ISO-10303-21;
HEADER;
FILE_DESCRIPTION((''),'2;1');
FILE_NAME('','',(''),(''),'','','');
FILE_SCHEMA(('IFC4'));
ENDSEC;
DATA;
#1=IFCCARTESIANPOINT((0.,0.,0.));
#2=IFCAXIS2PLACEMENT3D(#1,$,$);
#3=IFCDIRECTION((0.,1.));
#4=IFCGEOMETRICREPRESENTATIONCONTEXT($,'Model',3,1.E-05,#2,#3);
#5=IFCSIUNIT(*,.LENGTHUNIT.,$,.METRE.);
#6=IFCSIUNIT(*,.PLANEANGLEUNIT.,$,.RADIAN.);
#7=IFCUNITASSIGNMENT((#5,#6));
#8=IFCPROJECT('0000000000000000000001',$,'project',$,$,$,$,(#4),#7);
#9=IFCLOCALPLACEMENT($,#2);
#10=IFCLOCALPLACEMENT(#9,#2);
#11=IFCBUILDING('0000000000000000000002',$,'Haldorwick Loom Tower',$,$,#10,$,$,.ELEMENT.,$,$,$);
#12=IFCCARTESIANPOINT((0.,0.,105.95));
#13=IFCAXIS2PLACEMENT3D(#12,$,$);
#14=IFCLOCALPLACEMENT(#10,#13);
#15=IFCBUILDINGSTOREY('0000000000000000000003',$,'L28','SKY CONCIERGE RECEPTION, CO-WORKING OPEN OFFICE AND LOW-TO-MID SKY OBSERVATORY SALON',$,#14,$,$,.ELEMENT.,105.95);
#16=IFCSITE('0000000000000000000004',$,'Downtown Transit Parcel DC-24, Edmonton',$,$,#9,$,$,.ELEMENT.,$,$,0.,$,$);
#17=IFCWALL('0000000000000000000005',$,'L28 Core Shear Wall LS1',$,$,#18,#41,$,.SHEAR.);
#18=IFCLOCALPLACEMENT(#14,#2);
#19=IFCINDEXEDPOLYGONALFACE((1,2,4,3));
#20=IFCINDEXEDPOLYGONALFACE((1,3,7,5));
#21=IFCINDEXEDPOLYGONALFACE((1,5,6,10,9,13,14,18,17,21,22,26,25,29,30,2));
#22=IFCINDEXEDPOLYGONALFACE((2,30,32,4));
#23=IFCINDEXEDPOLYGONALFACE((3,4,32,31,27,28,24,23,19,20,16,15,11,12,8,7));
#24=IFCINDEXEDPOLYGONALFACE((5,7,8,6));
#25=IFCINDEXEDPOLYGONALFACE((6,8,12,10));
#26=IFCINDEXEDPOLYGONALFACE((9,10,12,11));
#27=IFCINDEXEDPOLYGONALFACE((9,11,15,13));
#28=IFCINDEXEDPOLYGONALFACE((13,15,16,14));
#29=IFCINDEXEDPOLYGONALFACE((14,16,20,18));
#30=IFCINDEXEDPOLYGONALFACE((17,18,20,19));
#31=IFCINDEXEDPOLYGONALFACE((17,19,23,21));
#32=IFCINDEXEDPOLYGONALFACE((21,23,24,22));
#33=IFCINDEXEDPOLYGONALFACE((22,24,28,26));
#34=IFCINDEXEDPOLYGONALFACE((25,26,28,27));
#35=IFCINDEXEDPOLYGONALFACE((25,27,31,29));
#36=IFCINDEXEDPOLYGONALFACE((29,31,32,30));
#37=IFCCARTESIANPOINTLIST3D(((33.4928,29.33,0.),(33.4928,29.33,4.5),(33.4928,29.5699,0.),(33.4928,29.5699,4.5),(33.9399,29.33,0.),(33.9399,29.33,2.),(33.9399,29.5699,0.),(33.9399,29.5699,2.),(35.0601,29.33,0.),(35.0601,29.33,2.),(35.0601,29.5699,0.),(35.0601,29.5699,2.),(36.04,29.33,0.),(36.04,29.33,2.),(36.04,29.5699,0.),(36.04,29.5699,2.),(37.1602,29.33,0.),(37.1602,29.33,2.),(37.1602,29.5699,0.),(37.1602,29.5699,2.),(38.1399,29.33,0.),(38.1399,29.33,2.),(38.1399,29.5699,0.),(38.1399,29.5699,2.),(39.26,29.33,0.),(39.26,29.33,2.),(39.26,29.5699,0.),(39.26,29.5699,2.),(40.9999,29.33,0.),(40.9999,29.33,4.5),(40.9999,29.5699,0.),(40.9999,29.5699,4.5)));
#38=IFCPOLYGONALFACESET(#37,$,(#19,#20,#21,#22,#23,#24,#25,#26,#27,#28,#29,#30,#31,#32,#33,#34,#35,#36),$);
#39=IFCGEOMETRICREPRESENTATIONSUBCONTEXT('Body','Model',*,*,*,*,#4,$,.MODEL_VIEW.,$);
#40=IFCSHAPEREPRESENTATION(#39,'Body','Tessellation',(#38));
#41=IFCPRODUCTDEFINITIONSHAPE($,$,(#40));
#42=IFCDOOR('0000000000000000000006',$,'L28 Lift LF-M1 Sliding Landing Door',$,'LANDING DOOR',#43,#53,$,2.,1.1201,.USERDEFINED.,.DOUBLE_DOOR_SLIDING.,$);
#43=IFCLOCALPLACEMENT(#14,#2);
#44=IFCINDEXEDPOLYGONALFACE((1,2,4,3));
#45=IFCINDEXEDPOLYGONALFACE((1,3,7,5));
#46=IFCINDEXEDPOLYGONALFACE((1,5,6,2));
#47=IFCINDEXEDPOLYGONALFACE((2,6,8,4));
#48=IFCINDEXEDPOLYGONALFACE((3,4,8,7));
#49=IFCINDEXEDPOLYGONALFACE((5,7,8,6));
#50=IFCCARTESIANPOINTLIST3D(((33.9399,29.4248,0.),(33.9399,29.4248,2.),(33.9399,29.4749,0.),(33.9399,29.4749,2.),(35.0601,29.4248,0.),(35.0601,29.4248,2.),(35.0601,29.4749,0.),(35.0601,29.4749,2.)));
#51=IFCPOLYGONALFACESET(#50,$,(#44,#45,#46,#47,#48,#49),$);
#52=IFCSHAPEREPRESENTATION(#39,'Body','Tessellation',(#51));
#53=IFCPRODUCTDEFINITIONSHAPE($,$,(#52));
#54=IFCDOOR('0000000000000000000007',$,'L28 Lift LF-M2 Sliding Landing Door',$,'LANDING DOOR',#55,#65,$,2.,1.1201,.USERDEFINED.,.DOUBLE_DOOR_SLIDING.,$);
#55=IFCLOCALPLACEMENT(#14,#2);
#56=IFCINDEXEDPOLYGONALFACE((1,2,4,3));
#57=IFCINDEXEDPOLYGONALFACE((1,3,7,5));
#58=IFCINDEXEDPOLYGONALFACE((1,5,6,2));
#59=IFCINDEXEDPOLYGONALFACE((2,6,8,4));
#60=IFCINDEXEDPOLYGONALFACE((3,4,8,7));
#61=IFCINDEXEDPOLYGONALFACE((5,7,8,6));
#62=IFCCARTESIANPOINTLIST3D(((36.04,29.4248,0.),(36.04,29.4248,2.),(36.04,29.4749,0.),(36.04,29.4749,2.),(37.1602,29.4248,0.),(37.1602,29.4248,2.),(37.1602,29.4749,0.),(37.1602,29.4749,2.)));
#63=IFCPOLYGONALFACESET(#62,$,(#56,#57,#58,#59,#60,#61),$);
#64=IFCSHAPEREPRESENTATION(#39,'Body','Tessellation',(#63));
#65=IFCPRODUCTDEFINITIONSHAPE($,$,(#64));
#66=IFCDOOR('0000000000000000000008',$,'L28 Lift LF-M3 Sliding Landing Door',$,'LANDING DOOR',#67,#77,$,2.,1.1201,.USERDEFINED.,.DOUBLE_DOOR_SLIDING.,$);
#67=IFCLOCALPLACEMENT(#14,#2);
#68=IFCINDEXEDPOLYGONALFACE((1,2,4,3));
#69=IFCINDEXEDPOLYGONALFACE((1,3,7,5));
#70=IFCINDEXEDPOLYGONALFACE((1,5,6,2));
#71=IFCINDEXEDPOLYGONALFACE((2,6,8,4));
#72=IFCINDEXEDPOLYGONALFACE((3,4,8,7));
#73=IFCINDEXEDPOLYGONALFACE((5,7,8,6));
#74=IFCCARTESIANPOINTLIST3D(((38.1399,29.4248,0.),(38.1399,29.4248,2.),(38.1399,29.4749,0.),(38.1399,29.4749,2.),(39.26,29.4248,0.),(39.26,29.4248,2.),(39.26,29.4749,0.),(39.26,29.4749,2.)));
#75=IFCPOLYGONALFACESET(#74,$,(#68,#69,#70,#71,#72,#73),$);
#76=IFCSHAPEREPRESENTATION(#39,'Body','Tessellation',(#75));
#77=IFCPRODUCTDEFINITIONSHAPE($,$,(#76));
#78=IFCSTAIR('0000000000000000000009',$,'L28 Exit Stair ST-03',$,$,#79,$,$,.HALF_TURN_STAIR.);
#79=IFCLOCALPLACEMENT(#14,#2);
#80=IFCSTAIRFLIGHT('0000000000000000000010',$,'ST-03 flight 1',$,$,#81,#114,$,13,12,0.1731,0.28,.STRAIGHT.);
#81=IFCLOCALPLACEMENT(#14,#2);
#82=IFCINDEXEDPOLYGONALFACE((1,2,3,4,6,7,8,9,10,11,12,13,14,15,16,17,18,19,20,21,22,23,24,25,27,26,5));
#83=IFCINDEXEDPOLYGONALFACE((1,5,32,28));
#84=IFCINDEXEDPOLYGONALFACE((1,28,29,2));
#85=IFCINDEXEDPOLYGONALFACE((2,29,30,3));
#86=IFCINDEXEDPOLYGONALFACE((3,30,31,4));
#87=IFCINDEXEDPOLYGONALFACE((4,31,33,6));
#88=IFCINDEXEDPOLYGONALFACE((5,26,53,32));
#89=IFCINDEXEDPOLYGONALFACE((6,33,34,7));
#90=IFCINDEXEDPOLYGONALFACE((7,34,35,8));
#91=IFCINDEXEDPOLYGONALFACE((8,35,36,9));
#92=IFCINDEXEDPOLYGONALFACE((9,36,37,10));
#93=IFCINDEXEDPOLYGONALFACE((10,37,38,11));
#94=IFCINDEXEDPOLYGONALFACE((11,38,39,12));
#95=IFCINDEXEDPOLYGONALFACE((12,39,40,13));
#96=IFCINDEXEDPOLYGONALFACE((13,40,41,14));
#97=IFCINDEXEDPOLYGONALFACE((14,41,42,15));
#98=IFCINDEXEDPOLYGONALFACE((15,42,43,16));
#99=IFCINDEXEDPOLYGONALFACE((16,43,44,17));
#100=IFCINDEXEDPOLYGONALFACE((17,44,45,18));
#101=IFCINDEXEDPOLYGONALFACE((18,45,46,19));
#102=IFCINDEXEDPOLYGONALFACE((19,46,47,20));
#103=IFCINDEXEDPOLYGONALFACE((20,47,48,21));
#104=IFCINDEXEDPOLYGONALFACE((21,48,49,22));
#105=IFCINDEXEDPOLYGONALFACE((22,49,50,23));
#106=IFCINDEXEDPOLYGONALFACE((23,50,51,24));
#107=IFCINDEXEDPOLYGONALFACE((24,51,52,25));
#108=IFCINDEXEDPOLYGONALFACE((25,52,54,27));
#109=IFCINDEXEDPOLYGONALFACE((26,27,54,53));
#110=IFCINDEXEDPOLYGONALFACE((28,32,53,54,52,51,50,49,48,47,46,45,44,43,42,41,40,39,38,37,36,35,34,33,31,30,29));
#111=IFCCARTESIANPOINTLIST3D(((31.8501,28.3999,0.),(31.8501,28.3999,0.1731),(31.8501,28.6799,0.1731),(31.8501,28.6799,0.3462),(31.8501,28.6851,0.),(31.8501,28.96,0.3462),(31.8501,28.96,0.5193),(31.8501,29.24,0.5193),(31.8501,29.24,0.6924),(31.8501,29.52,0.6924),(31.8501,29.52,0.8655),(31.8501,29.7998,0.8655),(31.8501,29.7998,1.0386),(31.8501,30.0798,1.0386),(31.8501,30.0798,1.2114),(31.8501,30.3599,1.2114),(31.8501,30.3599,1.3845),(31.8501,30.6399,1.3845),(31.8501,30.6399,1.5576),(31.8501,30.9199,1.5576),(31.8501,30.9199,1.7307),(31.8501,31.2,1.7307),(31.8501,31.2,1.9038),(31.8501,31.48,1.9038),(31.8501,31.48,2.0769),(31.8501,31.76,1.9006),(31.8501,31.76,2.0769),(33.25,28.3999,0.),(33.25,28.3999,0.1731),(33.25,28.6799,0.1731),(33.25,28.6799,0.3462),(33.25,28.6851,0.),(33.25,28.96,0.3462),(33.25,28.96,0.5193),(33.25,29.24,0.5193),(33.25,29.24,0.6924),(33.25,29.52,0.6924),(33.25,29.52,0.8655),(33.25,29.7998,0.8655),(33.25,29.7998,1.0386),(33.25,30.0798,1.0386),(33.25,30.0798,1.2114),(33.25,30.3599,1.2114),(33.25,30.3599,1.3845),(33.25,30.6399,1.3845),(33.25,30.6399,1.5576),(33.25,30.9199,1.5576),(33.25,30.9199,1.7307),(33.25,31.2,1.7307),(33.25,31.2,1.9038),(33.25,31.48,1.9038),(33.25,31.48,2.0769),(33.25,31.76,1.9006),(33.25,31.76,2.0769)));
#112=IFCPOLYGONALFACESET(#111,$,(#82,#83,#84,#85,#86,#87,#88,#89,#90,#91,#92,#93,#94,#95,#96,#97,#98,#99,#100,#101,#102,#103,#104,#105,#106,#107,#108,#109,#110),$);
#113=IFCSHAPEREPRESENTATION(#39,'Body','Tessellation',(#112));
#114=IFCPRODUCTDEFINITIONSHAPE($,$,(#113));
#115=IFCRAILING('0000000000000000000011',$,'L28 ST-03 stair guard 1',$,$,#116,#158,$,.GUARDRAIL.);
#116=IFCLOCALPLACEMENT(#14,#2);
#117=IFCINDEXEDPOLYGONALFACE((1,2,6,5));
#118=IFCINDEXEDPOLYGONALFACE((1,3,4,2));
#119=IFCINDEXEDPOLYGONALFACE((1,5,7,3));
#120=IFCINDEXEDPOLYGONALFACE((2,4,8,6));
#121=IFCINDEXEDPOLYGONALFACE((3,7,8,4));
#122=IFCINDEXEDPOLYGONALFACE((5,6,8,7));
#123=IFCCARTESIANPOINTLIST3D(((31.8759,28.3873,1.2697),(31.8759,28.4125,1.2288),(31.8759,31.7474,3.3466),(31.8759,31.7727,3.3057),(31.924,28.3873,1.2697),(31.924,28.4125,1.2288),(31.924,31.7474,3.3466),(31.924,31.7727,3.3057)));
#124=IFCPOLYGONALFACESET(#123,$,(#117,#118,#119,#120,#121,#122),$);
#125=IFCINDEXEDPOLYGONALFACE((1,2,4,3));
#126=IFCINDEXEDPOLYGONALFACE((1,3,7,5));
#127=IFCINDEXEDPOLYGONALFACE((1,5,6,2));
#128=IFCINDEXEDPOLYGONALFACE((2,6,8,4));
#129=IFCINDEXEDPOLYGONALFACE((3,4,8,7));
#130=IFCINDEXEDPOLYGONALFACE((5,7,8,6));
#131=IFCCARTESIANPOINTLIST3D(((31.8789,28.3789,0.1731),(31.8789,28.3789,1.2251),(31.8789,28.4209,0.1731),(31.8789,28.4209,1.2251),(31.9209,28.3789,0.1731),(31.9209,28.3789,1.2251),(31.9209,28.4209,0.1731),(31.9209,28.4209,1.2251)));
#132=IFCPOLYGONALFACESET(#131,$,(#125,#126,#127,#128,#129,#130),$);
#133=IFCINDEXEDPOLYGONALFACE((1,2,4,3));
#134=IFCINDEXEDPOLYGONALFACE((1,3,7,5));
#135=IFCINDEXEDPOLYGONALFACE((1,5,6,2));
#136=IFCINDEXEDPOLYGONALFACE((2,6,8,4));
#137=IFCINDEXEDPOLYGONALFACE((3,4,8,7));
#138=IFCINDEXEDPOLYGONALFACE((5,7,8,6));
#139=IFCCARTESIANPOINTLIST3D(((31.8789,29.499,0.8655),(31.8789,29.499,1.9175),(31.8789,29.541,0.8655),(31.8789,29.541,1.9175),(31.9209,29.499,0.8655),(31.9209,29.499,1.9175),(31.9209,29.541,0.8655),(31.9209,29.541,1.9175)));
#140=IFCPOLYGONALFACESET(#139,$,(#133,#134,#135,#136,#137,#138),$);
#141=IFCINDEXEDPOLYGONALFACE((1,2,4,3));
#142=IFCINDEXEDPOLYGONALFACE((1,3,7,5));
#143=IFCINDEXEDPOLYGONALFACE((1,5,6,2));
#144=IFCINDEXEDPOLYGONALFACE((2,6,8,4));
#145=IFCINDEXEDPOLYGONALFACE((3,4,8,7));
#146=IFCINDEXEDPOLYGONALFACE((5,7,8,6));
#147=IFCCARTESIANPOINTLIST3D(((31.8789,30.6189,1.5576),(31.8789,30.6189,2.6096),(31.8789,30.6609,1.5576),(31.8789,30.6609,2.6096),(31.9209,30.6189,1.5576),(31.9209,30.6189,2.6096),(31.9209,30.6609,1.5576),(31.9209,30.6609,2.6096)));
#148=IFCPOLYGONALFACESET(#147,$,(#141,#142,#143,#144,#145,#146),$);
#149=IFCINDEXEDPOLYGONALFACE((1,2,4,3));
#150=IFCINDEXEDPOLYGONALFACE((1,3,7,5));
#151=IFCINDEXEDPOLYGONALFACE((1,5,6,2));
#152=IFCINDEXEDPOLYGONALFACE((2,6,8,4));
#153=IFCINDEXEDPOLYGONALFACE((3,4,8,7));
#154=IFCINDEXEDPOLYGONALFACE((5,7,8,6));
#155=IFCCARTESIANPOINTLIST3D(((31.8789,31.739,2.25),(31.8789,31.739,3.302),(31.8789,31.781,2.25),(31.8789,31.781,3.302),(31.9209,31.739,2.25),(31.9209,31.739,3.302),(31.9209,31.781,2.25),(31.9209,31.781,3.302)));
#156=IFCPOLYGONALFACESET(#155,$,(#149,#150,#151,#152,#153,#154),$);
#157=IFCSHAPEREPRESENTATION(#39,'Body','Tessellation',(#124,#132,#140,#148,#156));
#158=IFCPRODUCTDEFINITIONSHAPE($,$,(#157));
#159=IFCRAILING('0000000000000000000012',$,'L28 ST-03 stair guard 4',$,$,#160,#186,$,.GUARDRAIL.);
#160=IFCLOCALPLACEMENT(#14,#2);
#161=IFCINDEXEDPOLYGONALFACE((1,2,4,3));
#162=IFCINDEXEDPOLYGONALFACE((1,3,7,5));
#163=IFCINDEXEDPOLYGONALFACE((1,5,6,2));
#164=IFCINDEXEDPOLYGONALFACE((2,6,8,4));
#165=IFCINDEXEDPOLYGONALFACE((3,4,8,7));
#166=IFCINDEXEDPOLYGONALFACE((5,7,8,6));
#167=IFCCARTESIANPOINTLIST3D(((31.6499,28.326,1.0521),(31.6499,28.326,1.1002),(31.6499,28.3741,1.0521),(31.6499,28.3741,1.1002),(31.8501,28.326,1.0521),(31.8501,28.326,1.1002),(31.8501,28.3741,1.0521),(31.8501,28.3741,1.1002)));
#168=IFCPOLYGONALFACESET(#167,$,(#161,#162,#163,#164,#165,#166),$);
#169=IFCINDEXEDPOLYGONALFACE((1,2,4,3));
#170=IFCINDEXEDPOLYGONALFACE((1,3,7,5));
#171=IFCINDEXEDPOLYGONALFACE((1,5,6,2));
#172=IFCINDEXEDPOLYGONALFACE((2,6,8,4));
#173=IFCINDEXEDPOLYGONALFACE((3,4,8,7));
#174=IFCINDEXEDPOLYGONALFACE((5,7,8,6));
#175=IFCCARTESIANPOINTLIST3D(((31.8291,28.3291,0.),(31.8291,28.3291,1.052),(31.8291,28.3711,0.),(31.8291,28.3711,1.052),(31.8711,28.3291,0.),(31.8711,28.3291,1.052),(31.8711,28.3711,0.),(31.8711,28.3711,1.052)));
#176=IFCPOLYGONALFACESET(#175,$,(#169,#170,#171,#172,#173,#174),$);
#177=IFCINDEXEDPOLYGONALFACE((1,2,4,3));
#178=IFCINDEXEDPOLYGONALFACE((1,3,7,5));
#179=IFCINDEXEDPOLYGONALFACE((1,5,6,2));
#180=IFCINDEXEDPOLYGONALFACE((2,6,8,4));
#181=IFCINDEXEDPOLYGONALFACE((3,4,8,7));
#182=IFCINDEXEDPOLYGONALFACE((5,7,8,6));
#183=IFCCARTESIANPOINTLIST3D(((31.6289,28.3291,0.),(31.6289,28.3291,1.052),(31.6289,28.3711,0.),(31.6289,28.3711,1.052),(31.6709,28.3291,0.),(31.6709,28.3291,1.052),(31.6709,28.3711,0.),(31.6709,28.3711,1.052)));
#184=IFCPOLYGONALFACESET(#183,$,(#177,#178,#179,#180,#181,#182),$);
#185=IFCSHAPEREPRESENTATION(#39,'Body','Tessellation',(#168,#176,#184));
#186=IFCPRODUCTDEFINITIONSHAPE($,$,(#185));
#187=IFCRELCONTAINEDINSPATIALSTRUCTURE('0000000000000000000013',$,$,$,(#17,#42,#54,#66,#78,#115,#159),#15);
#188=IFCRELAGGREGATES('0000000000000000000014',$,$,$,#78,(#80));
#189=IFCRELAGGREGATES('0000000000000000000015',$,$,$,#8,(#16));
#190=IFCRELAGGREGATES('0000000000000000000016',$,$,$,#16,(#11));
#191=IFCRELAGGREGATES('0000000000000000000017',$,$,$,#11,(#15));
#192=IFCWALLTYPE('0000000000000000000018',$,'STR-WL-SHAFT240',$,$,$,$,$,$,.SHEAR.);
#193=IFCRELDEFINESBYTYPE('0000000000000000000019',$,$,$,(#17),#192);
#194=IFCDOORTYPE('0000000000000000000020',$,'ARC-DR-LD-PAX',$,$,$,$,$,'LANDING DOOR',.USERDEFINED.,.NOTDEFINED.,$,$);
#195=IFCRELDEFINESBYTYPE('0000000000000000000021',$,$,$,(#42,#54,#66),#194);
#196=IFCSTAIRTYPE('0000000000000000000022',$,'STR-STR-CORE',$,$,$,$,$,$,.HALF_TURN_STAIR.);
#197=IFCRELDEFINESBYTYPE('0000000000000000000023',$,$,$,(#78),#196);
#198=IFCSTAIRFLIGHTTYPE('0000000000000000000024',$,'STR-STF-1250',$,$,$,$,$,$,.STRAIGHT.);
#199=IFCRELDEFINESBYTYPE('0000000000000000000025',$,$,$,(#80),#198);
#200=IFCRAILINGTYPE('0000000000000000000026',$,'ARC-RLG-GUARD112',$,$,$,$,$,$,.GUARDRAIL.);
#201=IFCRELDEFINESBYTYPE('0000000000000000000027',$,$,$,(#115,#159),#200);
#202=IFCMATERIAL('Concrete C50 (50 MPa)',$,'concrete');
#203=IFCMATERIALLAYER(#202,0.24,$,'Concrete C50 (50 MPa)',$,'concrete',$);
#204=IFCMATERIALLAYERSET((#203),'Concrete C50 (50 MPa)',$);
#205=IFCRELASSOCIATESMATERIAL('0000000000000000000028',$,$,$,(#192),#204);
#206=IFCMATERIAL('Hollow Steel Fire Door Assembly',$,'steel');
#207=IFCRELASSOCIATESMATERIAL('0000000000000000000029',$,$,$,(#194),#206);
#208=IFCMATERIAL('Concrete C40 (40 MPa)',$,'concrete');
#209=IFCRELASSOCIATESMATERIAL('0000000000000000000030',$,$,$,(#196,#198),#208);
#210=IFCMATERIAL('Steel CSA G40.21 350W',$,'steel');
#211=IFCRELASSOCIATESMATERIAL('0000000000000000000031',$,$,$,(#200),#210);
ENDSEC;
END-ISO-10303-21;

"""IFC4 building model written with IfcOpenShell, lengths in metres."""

from ifc_helpers import new_model, si_unit, direction, frame, frame_2d, origin, origin_2d, place, context, subcontext, project, spatial, polyline, rectangle, outline, extrude, material, layer, layer_set, type_object, element, fill, aggregate, save


model = new_model("IFC4")

# Units and contexts
model_context = context("Model", 3, precision=1e-05, world=origin(), true_north=direction((0.0, 1.0)))
body_context = subcontext(model_context, "Body", "Model", "MODEL_VIEW")
ifc_project = project(units=[si_unit("LENGTHUNIT", "METRE"), si_unit("PLANEANGLEUNIT", "RADIAN")], contexts=[model_context])

# Site, building, storey
site_placement = place(None, origin())
site = spatial("IfcSite", under=ifc_project, at=site_placement, Name="Downtown Transit Parcel DC-24, Edmonton", CompositionType="ELEMENT", RefElevation=0.0)
building_placement = place(site_placement, origin())
building = spatial("IfcBuilding", under=site, at=building_placement, Name="Haldorwick Loom Tower", CompositionType="ELEMENT")
storey_placement = place(building_placement, frame((0.0, 0.0, 105.95)))
storey = spatial("IfcBuildingStorey", under=building, at=storey_placement, Name="L28", Description="SKY CONCIERGE RECEPTION, CO-WORKING OPEN OFFICE AND LOW-TO-MID SKY OBSERVATORY SALON", CompositionType="ELEMENT", Elevation=105.95)

# Shared definitions
ifc_material_1 = material(Name="Steel CSA G40.21 350W", Category="steel")

# Shared definitions
ifc_material_2 = material(Name="Concrete C50 (50 MPa)", Category="concrete")
ifc_layer_1 = layer(ifc_material_2, 0.24, Name="Concrete C50 (50 MPa)", Category="concrete")
ifc_layer_set_1 = layer_set([ifc_layer_1], Name="Concrete C50 (50 MPa)")
wall_type_1 = type_object("IfcWallType", Name="STR-WL-SHAFT240", PredefinedType="SHEAR", material=ifc_layer_set_1)

# Wall, openings, doors
wall_1_placement = place(storey_placement, frame((33.4929, 29.45, 0.0), z_axis=(0.0, 0.0, 1.0), x_axis=(1.0, 0.0, 0.0)))
wall_1 = element("IfcWall", 1, at=wall_1_placement, inside=storey, type_object=wall_type_1, Name="L28 Core Shear Wall LS1", PredefinedType="SHEAR", context=body_context, shape_type="SweptSolid", body=[
    extrude(rectangle(XDim=7.5071, YDim=0.24, at=frame_2d((3.7534, 0.0))), origin(), (0.0, 0.0, 1.0), 4.5),
])
opening_1_placement = place(wall_1_placement, frame((0.447, 0.0, 0.0)))
opening_1 = element("IfcOpeningElement", 2, at=opening_1_placement, cuts=wall_1, PredefinedType="OPENING", context=body_context, shape_type="SweptSolid", body=[
    extrude(rectangle(XDim=1.1201, YDim=2.0, at=frame_2d((0.5601, 1.0))), frame((0.0, 0.1299, 0.0), z_axis=(0.0, -1.0, 0.0), x_axis=(1.0, 0.0, 0.0)), (0.0, 0.0, 1.0), 0.26),
])
opening_2_placement = place(wall_1_placement, frame((2.5471, 0.0, 0.0)))
opening_2 = element("IfcOpeningElement", 3, at=opening_2_placement, cuts=wall_1, PredefinedType="OPENING", context=body_context, shape_type="SweptSolid", body=[
    extrude(rectangle(XDim=1.1201, YDim=2.0, at=frame_2d((0.5601, 1.0))), frame((0.0, 0.1299, 0.0), z_axis=(0.0, -1.0, 0.0), x_axis=(1.0, 0.0, 0.0)), (0.0, 0.0, 1.0), 0.26),
])
opening_3_placement = place(wall_1_placement, frame((4.647, 0.0, 0.0)))
opening_3 = element("IfcOpeningElement", 4, at=opening_3_placement, cuts=wall_1, PredefinedType="OPENING", context=body_context, shape_type="SweptSolid", body=[
    extrude(rectangle(XDim=1.1201, YDim=2.0, at=frame_2d((0.5601, 1.0))), frame((0.0, 0.1299, 0.0), z_axis=(0.0, -1.0, 0.0), x_axis=(1.0, 0.0, 0.0)), (0.0, 0.0, 1.0), 0.26),
])
ifc_material_3 = material(Name="Hollow Steel Fire Door Assembly", Category="steel")
door_type = type_object("IfcDoorType", Name="ARC-DR-LD-PAX", ElementType="LANDING DOOR", OperationType="NOTDEFINED", PredefinedType="USERDEFINED", material=ifc_material_3)
door_1_placement = place(opening_1_placement, origin())
door_1 = element("IfcDoor", 5, at=door_1_placement, inside=storey, type_object=door_type, Name="L28 Lift LF-M1 Sliding Landing Door", ObjectType="LANDING DOOR", OperationType="DOUBLE_DOOR_SLIDING", OverallHeight=2.0, OverallWidth=1.1201, PredefinedType="USERDEFINED", context=body_context, shape_type="SweptSolid", body=[
    extrude(rectangle(XDim=1.1201, YDim=2.0, at=frame_2d((0.5601, 1.0))), frame((0.0, 0.0249, 0.0), z_axis=(0.0, -1.0, 0.0), x_axis=(1.0, 0.0, 0.0)), (0.0, 0.0, 1.0), 0.05),
])
fill(opening_1, door_1)
door_2_placement = place(opening_2_placement, origin())
door_2 = element("IfcDoor", 6, at=door_2_placement, inside=storey, type_object=door_type, Name="L28 Lift LF-M2 Sliding Landing Door", ObjectType="LANDING DOOR", OperationType="DOUBLE_DOOR_SLIDING", OverallHeight=2.0, OverallWidth=1.1201, PredefinedType="USERDEFINED", context=body_context, shape_type="SweptSolid", body=[
    extrude(rectangle(XDim=1.1201, YDim=2.0, at=frame_2d((0.5601, 1.0))), frame((0.0, 0.0249, 0.0), z_axis=(0.0, -1.0, 0.0), x_axis=(1.0, 0.0, 0.0)), (0.0, 0.0, 1.0), 0.05),
])
fill(opening_2, door_2)
door_3_placement = place(opening_3_placement, origin())
door_3 = element("IfcDoor", 7, at=door_3_placement, inside=storey, type_object=door_type, Name="L28 Lift LF-M3 Sliding Landing Door", ObjectType="LANDING DOOR", OperationType="DOUBLE_DOOR_SLIDING", OverallHeight=2.0, OverallWidth=1.1201, PredefinedType="USERDEFINED", context=body_context, shape_type="SweptSolid", body=[
    extrude(rectangle(XDim=1.1201, YDim=2.0, at=frame_2d((0.5601, 1.0))), frame((0.0, 0.0249, 0.0), z_axis=(0.0, -1.0, 0.0), x_axis=(1.0, 0.0, 0.0)), (0.0, 0.0, 1.0), 0.05),
])
fill(opening_3, door_3)

# Stair, stair flight
ifc_material_4 = material(Name="Concrete C40 (40 MPa)", Category="concrete")
stair_type = type_object("IfcStairType", Name="STR-STR-CORE", PredefinedType="HALF_TURN_STAIR", material=ifc_material_4)
stair_placement = place(storey_placement, origin())
stair = element("IfcStair", 8, at=stair_placement, inside=storey, type_object=stair_type, Name="L28 Exit Stair ST-03", PredefinedType="HALF_TURN_STAIR")
stair_flight_type = type_object("IfcStairFlightType", Name="STR-STF-1250", PredefinedType="STRAIGHT", material=ifc_material_4)
stair_flight_placement = place(storey_placement, frame((32.55, 28.3999, 0.0), z_axis=(0.0, 0.0, 1.0), x_axis=(0.0, 1.0, 0.0)))
stair_flight = element("IfcStairFlight", 9, at=stair_flight_placement, type_object=stair_flight_type, Name="ST-03 flight 1", NumberOfRisers=13, NumberOfTreads=12, PredefinedType="STRAIGHT", RiserHeight=0.1731, TreadLength=0.28, context=body_context, shape_type="SweptSolid", body=[
    extrude(outline(polyline([(0.0, 0.0), (0.0, 0.1731), (0.28, 0.1731), (0.28, 0.3462), (0.5601, 0.3462), (0.5601, 0.5193), (0.8401, 0.5193), (0.8401, 0.6924), (1.1201, 0.6924), (1.1201, 0.8655), (1.3999, 0.8655), (1.3999, 1.0386), (1.6799, 1.0386), (1.6799, 1.2114), (1.96, 1.2114), (1.96, 1.3845), (2.24, 1.3845), (2.24, 1.5576), (2.52, 1.5576), (2.52, 1.7307), (2.8, 1.7307), (2.8, 1.9038), (3.0801, 1.9038), (3.0801, 2.0769), (3.3601, 2.0769), (3.3601, 2.25), (3.3601, 1.9006), (0.2852, 0.0), (0.0, 0.0)])), frame((0.0, 0.7, 0.0), z_axis=(0.0, -1.0, 0.0), x_axis=(1.0, 0.0, 0.0)), (0.0, 0.0, 1.0), 1.3999),
])
aggregate(stair, [stair_flight])

# Railings
railing_type_1 = type_object("IfcRailingType", Name="ARC-RLG-GUARD112", PredefinedType="GUARDRAIL", material=ifc_material_1)
railing_1_placement = place(storey_placement, frame((31.8999, 28.3999, 0.1731)))
element("IfcRailing", 10, at=railing_1_placement, inside=storey, type_object=railing_type_1, Name="L28 ST-03 stair guard 1", PredefinedType="GUARDRAIL", context=body_context, shape_type="SweptSolid", body=[
    extrude(rectangle(XDim=0.0481, YDim=0.0481, at=origin_2d()), frame((0.0, 0.0, 1.0762), z_axis=(0.0, 0.850623, 0.525776), x_axis=(-1.0, 0.0, 0.0)), (0.0, 0.0, 1.0), 3.9502),
    extrude(rectangle(XDim=0.042, YDim=0.042, at=origin_2d()), origin(), (0.0, 0.0, 1.0), 1.052),
    extrude(rectangle(XDim=0.042, YDim=0.042, at=origin_2d()), frame((0.0, 1.1201, 0.6924)), (0.0, 0.0, 1.0), 1.052),
    extrude(rectangle(XDim=0.042, YDim=0.042, at=origin_2d()), frame((0.0, 2.24, 1.3845)), (0.0, 0.0, 1.0), 1.052),
    extrude(rectangle(XDim=0.042, YDim=0.042, at=origin_2d()), frame((0.0, 3.3601, 2.0769)), (0.0, 0.0, 1.0), 1.052),
])
railing_2_placement = place(storey_placement, frame((31.8501, 28.3501, 0.0)))
element("IfcRailing", 11, at=railing_2_placement, inside=storey, type_object=railing_type_1, Name="L28 ST-03 stair guard 4", PredefinedType="GUARDRAIL", context=body_context, shape_type="SweptSolid", body=[
    extrude(rectangle(XDim=0.0481, YDim=0.0481, at=origin_2d()), frame((0.0, 0.0, 1.0762), z_axis=(-1.0, 0.0, 0.0), x_axis=(0.0, -1.0, 0.0)), (0.0, 0.0, 1.0), 0.2002),
    extrude(rectangle(XDim=0.042, YDim=0.042, at=origin_2d()), origin(), (0.0, 0.0, 1.0), 1.052),
    extrude(rectangle(XDim=0.042, YDim=0.042, at=origin_2d()), frame((-0.2002, 0.0, 0.0)), (0.0, 0.0, 1.0), 1.052),
])

save(model, "model.ifc")
